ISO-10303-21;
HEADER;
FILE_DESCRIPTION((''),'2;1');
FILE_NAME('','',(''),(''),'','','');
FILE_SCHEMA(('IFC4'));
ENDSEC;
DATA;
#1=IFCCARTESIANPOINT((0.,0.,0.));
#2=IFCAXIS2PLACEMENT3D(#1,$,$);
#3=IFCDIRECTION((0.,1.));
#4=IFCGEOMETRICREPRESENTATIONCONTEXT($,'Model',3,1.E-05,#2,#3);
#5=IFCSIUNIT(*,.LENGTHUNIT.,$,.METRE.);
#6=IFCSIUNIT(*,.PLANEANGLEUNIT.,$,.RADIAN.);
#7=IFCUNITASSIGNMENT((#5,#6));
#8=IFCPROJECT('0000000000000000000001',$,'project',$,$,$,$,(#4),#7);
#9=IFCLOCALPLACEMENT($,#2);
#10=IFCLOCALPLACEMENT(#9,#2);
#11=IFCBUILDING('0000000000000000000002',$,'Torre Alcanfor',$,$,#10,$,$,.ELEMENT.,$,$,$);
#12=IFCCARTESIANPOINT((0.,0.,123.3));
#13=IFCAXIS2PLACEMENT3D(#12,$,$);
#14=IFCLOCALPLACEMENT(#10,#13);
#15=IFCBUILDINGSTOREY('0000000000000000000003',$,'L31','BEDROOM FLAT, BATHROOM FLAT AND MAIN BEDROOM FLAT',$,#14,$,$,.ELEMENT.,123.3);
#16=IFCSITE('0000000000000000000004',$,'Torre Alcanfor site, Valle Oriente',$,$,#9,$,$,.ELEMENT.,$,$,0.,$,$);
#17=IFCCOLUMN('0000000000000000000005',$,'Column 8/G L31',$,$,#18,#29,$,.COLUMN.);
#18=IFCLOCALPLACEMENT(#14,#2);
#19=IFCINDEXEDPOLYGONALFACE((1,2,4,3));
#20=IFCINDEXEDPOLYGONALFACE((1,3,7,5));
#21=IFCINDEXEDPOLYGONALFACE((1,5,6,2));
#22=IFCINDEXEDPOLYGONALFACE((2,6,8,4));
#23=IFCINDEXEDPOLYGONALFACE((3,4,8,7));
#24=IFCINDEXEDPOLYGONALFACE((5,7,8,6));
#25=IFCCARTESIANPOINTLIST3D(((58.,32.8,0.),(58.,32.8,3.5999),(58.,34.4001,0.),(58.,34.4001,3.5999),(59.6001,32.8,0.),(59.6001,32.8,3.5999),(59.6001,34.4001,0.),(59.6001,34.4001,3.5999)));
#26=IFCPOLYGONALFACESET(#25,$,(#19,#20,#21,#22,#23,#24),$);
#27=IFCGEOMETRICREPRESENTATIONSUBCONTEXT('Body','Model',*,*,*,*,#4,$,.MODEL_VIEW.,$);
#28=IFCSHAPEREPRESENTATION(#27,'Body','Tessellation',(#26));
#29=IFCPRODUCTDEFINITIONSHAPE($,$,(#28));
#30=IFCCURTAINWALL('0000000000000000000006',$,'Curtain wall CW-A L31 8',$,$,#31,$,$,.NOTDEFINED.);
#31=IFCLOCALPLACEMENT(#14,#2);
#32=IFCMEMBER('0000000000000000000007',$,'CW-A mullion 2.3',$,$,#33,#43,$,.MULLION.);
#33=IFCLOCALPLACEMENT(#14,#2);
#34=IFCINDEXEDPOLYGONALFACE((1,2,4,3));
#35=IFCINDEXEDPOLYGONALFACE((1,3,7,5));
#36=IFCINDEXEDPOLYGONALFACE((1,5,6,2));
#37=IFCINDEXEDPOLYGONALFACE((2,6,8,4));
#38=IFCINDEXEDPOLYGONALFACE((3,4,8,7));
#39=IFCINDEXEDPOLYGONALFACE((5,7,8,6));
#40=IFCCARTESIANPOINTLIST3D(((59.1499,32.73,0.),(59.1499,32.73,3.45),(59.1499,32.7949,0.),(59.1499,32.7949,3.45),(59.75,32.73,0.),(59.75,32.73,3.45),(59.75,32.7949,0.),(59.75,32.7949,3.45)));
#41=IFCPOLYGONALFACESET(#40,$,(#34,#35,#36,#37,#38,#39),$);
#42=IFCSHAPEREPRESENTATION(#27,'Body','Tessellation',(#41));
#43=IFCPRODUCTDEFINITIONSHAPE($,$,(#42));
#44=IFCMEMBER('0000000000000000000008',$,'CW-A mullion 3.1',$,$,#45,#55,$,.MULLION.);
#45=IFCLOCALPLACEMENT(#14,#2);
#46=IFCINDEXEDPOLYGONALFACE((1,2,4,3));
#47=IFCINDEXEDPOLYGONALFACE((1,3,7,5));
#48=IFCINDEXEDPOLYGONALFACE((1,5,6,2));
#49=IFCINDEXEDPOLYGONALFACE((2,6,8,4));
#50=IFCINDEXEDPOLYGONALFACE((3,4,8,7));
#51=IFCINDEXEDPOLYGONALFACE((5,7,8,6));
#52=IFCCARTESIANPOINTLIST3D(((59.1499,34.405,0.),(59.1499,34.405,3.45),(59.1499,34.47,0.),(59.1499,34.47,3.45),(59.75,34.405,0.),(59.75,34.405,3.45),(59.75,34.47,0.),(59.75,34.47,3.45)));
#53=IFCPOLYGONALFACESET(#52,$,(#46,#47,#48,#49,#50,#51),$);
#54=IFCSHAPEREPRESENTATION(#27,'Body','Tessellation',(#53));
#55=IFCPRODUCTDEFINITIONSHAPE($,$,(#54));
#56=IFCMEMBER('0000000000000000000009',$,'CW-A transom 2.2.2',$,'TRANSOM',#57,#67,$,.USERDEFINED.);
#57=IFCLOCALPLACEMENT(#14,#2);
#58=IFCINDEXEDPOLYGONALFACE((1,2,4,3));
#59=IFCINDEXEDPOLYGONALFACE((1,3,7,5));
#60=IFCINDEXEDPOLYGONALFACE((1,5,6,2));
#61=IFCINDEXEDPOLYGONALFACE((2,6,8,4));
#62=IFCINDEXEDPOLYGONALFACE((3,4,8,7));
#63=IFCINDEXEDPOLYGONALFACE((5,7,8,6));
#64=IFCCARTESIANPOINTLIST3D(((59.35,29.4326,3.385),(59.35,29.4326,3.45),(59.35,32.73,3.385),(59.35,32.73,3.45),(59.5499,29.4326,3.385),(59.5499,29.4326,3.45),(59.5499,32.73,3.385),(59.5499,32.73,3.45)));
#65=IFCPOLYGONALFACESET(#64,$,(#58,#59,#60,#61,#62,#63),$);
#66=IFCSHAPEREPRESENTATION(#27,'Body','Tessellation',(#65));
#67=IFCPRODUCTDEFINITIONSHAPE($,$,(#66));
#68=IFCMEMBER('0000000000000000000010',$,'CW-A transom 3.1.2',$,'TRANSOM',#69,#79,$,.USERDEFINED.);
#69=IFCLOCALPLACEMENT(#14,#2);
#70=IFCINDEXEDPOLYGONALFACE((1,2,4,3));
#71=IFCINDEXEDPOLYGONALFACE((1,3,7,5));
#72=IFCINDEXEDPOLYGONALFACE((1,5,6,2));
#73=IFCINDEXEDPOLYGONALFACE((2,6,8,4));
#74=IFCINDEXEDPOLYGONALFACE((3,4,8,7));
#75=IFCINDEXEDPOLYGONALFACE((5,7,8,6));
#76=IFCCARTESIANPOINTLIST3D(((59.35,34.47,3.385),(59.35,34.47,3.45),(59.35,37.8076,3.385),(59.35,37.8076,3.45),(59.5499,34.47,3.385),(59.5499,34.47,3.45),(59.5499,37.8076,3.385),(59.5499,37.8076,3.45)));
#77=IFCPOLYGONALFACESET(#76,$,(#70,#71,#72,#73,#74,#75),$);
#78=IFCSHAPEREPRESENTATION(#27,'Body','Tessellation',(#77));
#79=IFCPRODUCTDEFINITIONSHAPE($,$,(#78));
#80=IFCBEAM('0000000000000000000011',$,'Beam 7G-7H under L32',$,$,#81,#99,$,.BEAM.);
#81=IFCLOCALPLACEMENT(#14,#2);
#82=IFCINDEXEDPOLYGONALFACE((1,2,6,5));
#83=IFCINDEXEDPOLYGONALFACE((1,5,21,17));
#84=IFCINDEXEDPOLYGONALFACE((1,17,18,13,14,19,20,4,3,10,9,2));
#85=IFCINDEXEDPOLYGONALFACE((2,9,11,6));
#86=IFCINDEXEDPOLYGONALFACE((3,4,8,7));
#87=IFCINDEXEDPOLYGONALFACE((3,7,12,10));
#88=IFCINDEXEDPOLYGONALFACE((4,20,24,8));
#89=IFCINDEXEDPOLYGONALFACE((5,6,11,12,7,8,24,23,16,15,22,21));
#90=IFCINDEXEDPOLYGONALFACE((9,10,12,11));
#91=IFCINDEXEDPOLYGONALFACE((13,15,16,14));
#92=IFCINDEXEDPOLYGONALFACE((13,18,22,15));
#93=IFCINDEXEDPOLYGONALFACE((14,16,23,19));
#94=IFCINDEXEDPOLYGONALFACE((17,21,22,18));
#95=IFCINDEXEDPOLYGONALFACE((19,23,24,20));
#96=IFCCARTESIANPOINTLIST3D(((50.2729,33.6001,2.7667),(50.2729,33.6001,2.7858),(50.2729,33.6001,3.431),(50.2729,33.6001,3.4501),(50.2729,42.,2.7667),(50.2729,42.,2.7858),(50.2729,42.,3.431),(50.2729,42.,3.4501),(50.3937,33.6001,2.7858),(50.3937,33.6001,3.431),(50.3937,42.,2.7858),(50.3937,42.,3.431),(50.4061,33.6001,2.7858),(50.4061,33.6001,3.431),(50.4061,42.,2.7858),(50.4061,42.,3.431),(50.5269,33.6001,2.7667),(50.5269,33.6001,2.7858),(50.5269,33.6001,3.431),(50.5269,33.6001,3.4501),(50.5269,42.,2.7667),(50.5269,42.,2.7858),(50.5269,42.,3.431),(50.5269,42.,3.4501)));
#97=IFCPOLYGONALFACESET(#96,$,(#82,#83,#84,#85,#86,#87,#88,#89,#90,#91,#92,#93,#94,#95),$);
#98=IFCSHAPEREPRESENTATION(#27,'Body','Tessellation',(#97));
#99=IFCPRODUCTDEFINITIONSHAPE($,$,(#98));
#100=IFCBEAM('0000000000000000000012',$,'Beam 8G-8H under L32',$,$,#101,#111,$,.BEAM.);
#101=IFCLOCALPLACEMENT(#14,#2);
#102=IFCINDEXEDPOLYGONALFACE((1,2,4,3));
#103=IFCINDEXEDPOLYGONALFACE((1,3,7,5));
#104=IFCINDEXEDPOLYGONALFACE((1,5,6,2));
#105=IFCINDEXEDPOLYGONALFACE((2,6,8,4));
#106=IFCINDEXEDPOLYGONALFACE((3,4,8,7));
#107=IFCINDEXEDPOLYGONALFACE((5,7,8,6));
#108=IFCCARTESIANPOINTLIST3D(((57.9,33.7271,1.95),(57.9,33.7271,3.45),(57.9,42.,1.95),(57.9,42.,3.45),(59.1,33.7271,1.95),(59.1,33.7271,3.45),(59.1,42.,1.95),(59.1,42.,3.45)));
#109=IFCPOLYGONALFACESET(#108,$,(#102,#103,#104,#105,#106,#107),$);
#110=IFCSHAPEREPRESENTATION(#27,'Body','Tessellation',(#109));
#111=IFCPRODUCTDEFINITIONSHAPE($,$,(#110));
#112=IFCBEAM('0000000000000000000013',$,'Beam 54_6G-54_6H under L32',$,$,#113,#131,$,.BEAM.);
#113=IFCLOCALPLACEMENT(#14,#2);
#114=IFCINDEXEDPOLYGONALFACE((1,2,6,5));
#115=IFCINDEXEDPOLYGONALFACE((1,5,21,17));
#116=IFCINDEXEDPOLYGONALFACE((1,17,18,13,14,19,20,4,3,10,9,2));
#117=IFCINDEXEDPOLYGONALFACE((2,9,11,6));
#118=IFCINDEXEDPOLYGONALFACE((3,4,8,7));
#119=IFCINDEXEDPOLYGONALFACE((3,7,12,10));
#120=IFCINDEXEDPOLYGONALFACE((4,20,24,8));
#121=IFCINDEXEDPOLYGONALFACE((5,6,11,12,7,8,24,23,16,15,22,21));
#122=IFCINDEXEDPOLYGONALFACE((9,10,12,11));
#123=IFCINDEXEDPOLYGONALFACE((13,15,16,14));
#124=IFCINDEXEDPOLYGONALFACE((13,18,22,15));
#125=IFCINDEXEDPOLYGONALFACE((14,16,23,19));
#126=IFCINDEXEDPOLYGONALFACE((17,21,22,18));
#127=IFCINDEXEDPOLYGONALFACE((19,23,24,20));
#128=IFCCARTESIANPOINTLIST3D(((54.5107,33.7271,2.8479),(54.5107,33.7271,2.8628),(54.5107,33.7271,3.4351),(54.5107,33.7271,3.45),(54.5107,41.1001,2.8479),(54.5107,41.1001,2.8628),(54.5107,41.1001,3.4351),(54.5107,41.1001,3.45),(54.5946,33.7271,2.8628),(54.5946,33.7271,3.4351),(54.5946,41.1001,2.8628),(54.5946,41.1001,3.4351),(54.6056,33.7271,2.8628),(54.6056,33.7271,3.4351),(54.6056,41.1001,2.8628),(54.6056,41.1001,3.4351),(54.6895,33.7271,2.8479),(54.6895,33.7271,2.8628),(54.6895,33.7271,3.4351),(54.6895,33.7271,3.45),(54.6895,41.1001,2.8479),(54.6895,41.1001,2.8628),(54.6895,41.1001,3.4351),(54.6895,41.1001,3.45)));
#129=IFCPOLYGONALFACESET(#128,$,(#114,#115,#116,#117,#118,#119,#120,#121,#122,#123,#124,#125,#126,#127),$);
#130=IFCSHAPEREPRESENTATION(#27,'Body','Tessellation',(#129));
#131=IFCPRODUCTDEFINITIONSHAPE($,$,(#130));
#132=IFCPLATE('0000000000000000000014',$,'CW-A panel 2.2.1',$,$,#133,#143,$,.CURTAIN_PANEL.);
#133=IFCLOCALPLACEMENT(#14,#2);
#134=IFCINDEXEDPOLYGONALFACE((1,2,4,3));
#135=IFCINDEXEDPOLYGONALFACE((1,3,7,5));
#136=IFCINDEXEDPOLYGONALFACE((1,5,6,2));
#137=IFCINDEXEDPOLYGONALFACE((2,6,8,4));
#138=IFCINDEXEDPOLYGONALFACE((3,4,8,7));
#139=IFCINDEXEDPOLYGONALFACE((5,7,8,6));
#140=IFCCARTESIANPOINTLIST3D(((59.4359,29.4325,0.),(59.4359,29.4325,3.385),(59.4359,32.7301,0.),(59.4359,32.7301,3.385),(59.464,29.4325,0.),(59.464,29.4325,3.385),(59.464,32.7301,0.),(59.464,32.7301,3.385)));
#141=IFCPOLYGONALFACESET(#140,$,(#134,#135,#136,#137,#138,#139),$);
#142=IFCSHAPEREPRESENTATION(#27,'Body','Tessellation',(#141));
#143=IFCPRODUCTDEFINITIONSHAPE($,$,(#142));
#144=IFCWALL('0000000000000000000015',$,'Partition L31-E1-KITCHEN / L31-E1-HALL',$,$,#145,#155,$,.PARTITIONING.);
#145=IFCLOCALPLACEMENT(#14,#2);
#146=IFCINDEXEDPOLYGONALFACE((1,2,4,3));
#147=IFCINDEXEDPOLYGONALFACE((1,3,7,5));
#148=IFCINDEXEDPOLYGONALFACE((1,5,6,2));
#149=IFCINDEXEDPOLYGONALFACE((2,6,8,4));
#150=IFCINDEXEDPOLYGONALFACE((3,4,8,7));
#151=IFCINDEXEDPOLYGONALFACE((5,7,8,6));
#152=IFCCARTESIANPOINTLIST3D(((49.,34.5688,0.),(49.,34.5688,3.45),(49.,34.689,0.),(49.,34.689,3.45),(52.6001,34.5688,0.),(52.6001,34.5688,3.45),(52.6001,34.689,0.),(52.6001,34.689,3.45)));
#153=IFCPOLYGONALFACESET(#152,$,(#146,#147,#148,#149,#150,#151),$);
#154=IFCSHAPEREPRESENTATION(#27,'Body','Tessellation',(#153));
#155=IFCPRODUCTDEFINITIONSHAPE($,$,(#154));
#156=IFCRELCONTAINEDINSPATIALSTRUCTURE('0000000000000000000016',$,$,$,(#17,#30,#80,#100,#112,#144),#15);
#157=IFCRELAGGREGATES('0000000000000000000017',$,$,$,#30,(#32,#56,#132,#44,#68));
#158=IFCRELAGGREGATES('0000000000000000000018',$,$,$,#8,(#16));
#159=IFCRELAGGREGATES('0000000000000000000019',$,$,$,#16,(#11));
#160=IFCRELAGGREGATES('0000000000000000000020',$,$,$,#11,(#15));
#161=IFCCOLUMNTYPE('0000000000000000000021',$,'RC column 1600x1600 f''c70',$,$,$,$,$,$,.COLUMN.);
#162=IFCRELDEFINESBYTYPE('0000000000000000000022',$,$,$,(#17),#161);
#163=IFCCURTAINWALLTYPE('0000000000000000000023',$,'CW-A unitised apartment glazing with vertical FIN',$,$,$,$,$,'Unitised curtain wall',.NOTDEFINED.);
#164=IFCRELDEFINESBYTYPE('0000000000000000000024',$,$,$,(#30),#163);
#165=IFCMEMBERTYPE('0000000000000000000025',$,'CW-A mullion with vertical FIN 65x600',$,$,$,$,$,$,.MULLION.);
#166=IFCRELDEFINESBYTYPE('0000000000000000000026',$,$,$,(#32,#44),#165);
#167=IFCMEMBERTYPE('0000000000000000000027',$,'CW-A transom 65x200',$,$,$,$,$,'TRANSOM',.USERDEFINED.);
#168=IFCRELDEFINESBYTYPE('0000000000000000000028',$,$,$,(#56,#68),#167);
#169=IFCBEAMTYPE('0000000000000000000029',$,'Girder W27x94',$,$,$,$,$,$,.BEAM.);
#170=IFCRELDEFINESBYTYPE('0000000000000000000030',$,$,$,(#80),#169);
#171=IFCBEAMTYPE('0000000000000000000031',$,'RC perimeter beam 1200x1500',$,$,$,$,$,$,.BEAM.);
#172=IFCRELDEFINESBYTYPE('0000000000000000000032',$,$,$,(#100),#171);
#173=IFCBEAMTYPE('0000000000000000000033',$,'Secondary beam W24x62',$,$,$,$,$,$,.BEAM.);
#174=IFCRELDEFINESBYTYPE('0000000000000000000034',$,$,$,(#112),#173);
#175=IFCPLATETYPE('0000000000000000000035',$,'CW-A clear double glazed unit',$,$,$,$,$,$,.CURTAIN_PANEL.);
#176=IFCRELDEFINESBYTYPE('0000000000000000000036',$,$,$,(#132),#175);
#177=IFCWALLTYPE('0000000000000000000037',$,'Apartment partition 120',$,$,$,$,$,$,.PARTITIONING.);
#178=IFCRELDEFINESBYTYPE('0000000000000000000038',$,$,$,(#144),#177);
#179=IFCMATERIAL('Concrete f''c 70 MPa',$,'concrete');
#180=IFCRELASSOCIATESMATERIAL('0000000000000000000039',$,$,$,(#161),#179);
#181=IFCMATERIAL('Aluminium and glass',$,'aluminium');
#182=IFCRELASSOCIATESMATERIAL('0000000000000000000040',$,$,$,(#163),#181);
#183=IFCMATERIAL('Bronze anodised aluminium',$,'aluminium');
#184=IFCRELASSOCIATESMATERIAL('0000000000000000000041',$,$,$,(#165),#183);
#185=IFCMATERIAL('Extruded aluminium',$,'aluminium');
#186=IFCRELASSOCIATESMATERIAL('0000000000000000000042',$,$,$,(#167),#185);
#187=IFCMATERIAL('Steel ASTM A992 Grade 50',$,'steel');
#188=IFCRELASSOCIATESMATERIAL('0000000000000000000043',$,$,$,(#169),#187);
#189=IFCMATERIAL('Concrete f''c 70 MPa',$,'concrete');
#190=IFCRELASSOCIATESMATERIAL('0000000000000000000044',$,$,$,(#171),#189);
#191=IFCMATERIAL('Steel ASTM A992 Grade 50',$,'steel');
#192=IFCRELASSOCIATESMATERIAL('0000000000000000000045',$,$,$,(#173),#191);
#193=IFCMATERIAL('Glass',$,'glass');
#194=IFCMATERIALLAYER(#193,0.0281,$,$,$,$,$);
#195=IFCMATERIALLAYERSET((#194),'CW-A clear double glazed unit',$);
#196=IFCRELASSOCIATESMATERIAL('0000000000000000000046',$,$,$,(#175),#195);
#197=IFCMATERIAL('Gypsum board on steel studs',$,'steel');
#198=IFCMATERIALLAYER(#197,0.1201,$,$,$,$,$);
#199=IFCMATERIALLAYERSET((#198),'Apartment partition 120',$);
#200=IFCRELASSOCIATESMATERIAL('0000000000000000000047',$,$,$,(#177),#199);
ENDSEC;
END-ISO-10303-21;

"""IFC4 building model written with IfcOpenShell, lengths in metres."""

from ifc_helpers import new_model, si_unit, direction, frame, frame_2d, origin, origin_2d, place, context, subcontext, project, spatial, rectangle, i_section, extrude, material, layer, layer_set, material_profile, profile_set, type_object, element, aggregate, save


model = new_model("IFC4")

# Units and contexts
model_context = context("Model", 3, precision=1e-05, world=origin(), true_north=direction((0.0, 1.0)))
body_context = subcontext(model_context, "Body", "Model", "MODEL_VIEW")
ifc_project = project(units=[si_unit("LENGTHUNIT", "METRE"), si_unit("PLANEANGLEUNIT", "RADIAN")], contexts=[model_context])

# Site, building, storey
site_placement = place(None, origin())
site = spatial("IfcSite", under=ifc_project, at=site_placement, Name="Torre Alcanfor site, Valle Oriente", CompositionType="ELEMENT", RefElevation=0.0)
building_placement = place(site_placement, origin())
building = spatial("IfcBuilding", under=site, at=building_placement, Name="Torre Alcanfor", CompositionType="ELEMENT")
storey_placement = place(building_placement, frame((0.0, 0.0, 123.3)))
storey = spatial("IfcBuildingStorey", under=building, at=storey_placement, Name="L31", Description="BEDROOM FLAT, BATHROOM FLAT AND MAIN BEDROOM FLAT", CompositionType="ELEMENT", Elevation=123.3)

# Column
ifc_material_1 = material(Name="Concrete f'c 70 MPa", Category="concrete")
ifc_material_profile_1 = material_profile(ifc_material_1, rectangle(XDim=1.6001, YDim=1.6001, at=origin_2d()), Name="1600x1600")
ifc_profile_set_1 = profile_set([ifc_material_profile_1], Name="Concrete f'c 70 MPa")
column_type = type_object("IfcColumnType", Name="RC column 1600x1600 f'c70", PredefinedType="COLUMN", material=ifc_profile_set_1)
column_placement = place(storey_placement, frame((58.8, 33.6001, 0.0), z_axis=(0.0, 0.0, 1.0), x_axis=(1.0, 0.0, 0.0)))
element("IfcColumn", 1, at=column_placement, inside=storey, type_object=column_type, Name="Column 8/G L31", PredefinedType="COLUMN", context=body_context, shape_type="SweptSolid", body=[
    extrude(rectangle(XDim=1.6001, YDim=1.6001, at=origin_2d()), origin(), (0.0, 0.0, 1.0), 3.5999),
])

# Curtain wall, members
ifc_material_2 = material(Name="Aluminium and glass", Category="aluminium")
curtain_wall_type = type_object("IfcCurtainWallType", Name="CW-A unitised apartment glazing with vertical FIN", ElementType="Unitised curtain wall", PredefinedType="NOTDEFINED", material=ifc_material_2)
curtain_wall_placement = place(storey_placement, origin())
curtain_wall = element("IfcCurtainWall", 2, at=curtain_wall_placement, inside=storey, type_object=curtain_wall_type, Name="Curtain wall CW-A L31 8", PredefinedType="NOTDEFINED")
ifc_material_3 = material(Name="Bronze anodised aluminium", Category="aluminium")
ifc_material_profile_2 = material_profile(ifc_material_3, rectangle(XDim=0.6001, YDim=0.0649, at=origin_2d()), Name="CW-A mullion 65x600")
ifc_profile_set_2 = profile_set([ifc_material_profile_2], Name="Bronze anodised aluminium")
member_type_1 = type_object("IfcMemberType", Name="CW-A mullion with vertical FIN 65x600", PredefinedType="MULLION", material=ifc_profile_set_2)
member_1_placement = place(storey_placement, frame((59.45, 32.7625, 0.0), z_axis=(0.0, 0.0, 1.0), x_axis=(-1.0, 0.0, 0.0)))
member_1 = element("IfcMember", 3, at=member_1_placement, type_object=member_type_1, Name="CW-A mullion 2.3", PredefinedType="MULLION", context=body_context, shape_type="SweptSolid", body=[
    extrude(rectangle(XDim=0.6001, YDim=0.0649, at=origin_2d()), origin(), (0.0, 0.0, 1.0), 3.45),
])
member_2_placement = place(storey_placement, frame((59.45, 34.4375, 0.0), z_axis=(0.0, 0.0, 1.0), x_axis=(-1.0, 0.0, 0.0)))
member_2 = element("IfcMember", 4, at=member_2_placement, type_object=member_type_1, Name="CW-A mullion 3.1", PredefinedType="MULLION", context=body_context, shape_type="SweptSolid", body=[
    extrude(rectangle(XDim=0.6001, YDim=0.0649, at=origin_2d()), origin(), (0.0, 0.0, 1.0), 3.45),
])
ifc_material_4 = material(Name="Extruded aluminium", Category="aluminium")
ifc_material_profile_3 = material_profile(ifc_material_4, rectangle(XDim=0.2, YDim=0.0649, at=origin_2d()), Name="CW-A transom 200x65")
ifc_profile_set_3 = profile_set([ifc_material_profile_3], Name="Extruded aluminium")
member_type_2 = type_object("IfcMemberType", Name="CW-A transom 65x200", ElementType="TRANSOM", PredefinedType="USERDEFINED", material=ifc_profile_set_3)
member_3_placement = place(storey_placement, frame((59.45, 29.4326, 3.4175), z_axis=(0.0, 1.0, 0.0), x_axis=(-1.0, 0.0, 0.0)))
member_3 = element("IfcMember", 5, at=member_3_placement, type_object=member_type_2, Name="CW-A transom 2.2.2", ObjectType="TRANSOM", PredefinedType="USERDEFINED", context=body_context, shape_type="SweptSolid", body=[
    extrude(rectangle(XDim=0.2, YDim=0.0649, at=origin_2d()), origin(), (0.0, 0.0, 1.0), 3.2974),
])
member_4_placement = place(storey_placement, frame((59.45, 34.47, 3.4175), z_axis=(0.0, 1.0, 0.0), x_axis=(-1.0, 0.0, 0.0)))
member_4 = element("IfcMember", 6, at=member_4_placement, type_object=member_type_2, Name="CW-A transom 3.1.2", ObjectType="TRANSOM", PredefinedType="USERDEFINED", context=body_context, shape_type="SweptSolid", body=[
    extrude(rectangle(XDim=0.2, YDim=0.0649, at=origin_2d()), origin(), (0.0, 0.0, 1.0), 3.3376),
])

# Beams
ifc_material_5 = material(Name="Steel ASTM A992 Grade 50", Category="steel")
ifc_material_profile_4 = material_profile(ifc_material_5, i_section(OverallWidth=0.2539, OverallDepth=0.6833, WebThickness=0.0125, FlangeThickness=0.019, at=origin_2d()), Name="W27x94")
ifc_profile_set_4 = profile_set([ifc_material_profile_4], Name="Steel ASTM A992 Grade 50")
beam_type_1 = type_object("IfcBeamType", Name="Girder W27x94", PredefinedType="BEAM", material=ifc_profile_set_4)
beam_1_placement = place(storey_placement, frame((50.3999, 33.6001, 3.1084), z_axis=(0.0, 1.0, 0.0), x_axis=(-1.0, 0.0, 0.0)))
element("IfcBeam", 7, at=beam_1_placement, inside=storey, type_object=beam_type_1, Name="Beam 7G-7H under L32", PredefinedType="BEAM", context=body_context, shape_type="SweptSolid", body=[
    extrude(i_section(OverallWidth=0.2539, OverallDepth=0.6833, WebThickness=0.0125, FlangeThickness=0.019, at=origin_2d()), origin(), (0.0, 0.0, 1.0), 8.3999),
])
ifc_material_6 = material(Name="Concrete f'c 70 MPa", Category="concrete")
ifc_material_profile_5 = material_profile(ifc_material_6, rectangle(XDim=1.2, YDim=1.5, at=origin_2d()), Name="1200x1500")
ifc_profile_set_5 = profile_set([ifc_material_profile_5], Name="Concrete f'c 70 MPa")
beam_type_2 = type_object("IfcBeamType", Name="RC perimeter beam 1200x1500", PredefinedType="BEAM", material=ifc_profile_set_5)
beam_2_placement = place(storey_placement, frame((58.5, 33.7271, 2.7), z_axis=(0.0, 1.0, 0.0), x_axis=(-1.0, 0.0, 0.0)))
element("IfcBeam", 8, at=beam_2_placement, inside=storey, type_object=beam_type_2, Name="Beam 8G-8H under L32", PredefinedType="BEAM", context=body_context, shape_type="SweptSolid", body=[
    extrude(rectangle(XDim=1.2, YDim=1.5, at=origin_2d()), origin(), (0.0, 0.0, 1.0), 8.2729),
])
ifc_material_7 = material(Name="Steel ASTM A992 Grade 50", Category="steel")
ifc_material_profile_6 = material_profile(ifc_material_7, i_section(OverallWidth=0.1787, OverallDepth=0.6021, WebThickness=0.011, FlangeThickness=0.0149, at=origin_2d()), Name="W24x62")
ifc_profile_set_6 = profile_set([ifc_material_profile_6], Name="Steel ASTM A992 Grade 50")
beam_type_3 = type_object("IfcBeamType", Name="Secondary beam W24x62", PredefinedType="BEAM", material=ifc_profile_set_6)
beam_3_placement = place(storey_placement, frame((54.6001, 33.7271, 3.1489), z_axis=(0.0, 1.0, 0.0), x_axis=(-1.0, 0.0, 0.0)))
element("IfcBeam", 9, at=beam_3_placement, inside=storey, type_object=beam_type_3, Name="Beam 54_6G-54_6H under L32", PredefinedType="BEAM", context=body_context, shape_type="SweptSolid", body=[
    extrude(i_section(OverallWidth=0.1787, OverallDepth=0.6021, WebThickness=0.011, FlangeThickness=0.0149, at=origin_2d()), origin(), (0.0, 0.0, 1.0), 7.373),
])

# Plate
ifc_material_8 = material(Name="Glass", Category="glass")
ifc_layer_1 = layer(ifc_material_8, 0.0281)
ifc_layer_set_1 = layer_set([ifc_layer_1], Name="CW-A clear double glazed unit")
plate_type = type_object("IfcPlateType", Name="CW-A clear double glazed unit", PredefinedType="CURTAIN_PANEL", material=ifc_layer_set_1)
plate_placement = place(storey_placement, frame((59.45, 31.0813, 0.0), z_axis=(0.0, 0.0, 1.0), x_axis=(0.0, 1.0, 0.0)))
plate = element("IfcPlate", 10, at=plate_placement, type_object=plate_type, Name="CW-A panel 2.2.1", PredefinedType="CURTAIN_PANEL", context=body_context, shape_type="SweptSolid", body=[
    extrude(rectangle(XDim=3.2976, YDim=0.0281, at=origin_2d()), origin(), (0.0, 0.0, 1.0), 3.385),
])
aggregate(curtain_wall, [member_1, member_3, plate, member_2, member_4])

# Wall
ifc_material_9 = material(Name="Gypsum board on steel studs", Category="steel")
ifc_layer_2 = layer(ifc_material_9, 0.1201)
ifc_layer_set_2 = layer_set([ifc_layer_2], Name="Apartment partition 120")
wall_type = type_object("IfcWallType", Name="Apartment partition 120", PredefinedType="PARTITIONING", material=ifc_layer_set_2)
wall_1_placement = place(storey_placement, frame((52.6001, 34.6289, 0.0), z_axis=(0.0, 0.0, 1.0), x_axis=(-1.0, 0.0, 0.0)))
element("IfcWall", 11, at=wall_1_placement, inside=storey, type_object=wall_type, Name="Partition L31-E1-KITCHEN / L31-E1-HALL", PredefinedType="PARTITIONING", context=body_context, shape_type="SweptSolid", body=[
    extrude(rectangle(XDim=3.6001, YDim=0.1201, at=frame_2d((1.8, 0.0))), origin(), (0.0, 0.0, 1.0), 3.45),
])

save(model, "model.ifc")
